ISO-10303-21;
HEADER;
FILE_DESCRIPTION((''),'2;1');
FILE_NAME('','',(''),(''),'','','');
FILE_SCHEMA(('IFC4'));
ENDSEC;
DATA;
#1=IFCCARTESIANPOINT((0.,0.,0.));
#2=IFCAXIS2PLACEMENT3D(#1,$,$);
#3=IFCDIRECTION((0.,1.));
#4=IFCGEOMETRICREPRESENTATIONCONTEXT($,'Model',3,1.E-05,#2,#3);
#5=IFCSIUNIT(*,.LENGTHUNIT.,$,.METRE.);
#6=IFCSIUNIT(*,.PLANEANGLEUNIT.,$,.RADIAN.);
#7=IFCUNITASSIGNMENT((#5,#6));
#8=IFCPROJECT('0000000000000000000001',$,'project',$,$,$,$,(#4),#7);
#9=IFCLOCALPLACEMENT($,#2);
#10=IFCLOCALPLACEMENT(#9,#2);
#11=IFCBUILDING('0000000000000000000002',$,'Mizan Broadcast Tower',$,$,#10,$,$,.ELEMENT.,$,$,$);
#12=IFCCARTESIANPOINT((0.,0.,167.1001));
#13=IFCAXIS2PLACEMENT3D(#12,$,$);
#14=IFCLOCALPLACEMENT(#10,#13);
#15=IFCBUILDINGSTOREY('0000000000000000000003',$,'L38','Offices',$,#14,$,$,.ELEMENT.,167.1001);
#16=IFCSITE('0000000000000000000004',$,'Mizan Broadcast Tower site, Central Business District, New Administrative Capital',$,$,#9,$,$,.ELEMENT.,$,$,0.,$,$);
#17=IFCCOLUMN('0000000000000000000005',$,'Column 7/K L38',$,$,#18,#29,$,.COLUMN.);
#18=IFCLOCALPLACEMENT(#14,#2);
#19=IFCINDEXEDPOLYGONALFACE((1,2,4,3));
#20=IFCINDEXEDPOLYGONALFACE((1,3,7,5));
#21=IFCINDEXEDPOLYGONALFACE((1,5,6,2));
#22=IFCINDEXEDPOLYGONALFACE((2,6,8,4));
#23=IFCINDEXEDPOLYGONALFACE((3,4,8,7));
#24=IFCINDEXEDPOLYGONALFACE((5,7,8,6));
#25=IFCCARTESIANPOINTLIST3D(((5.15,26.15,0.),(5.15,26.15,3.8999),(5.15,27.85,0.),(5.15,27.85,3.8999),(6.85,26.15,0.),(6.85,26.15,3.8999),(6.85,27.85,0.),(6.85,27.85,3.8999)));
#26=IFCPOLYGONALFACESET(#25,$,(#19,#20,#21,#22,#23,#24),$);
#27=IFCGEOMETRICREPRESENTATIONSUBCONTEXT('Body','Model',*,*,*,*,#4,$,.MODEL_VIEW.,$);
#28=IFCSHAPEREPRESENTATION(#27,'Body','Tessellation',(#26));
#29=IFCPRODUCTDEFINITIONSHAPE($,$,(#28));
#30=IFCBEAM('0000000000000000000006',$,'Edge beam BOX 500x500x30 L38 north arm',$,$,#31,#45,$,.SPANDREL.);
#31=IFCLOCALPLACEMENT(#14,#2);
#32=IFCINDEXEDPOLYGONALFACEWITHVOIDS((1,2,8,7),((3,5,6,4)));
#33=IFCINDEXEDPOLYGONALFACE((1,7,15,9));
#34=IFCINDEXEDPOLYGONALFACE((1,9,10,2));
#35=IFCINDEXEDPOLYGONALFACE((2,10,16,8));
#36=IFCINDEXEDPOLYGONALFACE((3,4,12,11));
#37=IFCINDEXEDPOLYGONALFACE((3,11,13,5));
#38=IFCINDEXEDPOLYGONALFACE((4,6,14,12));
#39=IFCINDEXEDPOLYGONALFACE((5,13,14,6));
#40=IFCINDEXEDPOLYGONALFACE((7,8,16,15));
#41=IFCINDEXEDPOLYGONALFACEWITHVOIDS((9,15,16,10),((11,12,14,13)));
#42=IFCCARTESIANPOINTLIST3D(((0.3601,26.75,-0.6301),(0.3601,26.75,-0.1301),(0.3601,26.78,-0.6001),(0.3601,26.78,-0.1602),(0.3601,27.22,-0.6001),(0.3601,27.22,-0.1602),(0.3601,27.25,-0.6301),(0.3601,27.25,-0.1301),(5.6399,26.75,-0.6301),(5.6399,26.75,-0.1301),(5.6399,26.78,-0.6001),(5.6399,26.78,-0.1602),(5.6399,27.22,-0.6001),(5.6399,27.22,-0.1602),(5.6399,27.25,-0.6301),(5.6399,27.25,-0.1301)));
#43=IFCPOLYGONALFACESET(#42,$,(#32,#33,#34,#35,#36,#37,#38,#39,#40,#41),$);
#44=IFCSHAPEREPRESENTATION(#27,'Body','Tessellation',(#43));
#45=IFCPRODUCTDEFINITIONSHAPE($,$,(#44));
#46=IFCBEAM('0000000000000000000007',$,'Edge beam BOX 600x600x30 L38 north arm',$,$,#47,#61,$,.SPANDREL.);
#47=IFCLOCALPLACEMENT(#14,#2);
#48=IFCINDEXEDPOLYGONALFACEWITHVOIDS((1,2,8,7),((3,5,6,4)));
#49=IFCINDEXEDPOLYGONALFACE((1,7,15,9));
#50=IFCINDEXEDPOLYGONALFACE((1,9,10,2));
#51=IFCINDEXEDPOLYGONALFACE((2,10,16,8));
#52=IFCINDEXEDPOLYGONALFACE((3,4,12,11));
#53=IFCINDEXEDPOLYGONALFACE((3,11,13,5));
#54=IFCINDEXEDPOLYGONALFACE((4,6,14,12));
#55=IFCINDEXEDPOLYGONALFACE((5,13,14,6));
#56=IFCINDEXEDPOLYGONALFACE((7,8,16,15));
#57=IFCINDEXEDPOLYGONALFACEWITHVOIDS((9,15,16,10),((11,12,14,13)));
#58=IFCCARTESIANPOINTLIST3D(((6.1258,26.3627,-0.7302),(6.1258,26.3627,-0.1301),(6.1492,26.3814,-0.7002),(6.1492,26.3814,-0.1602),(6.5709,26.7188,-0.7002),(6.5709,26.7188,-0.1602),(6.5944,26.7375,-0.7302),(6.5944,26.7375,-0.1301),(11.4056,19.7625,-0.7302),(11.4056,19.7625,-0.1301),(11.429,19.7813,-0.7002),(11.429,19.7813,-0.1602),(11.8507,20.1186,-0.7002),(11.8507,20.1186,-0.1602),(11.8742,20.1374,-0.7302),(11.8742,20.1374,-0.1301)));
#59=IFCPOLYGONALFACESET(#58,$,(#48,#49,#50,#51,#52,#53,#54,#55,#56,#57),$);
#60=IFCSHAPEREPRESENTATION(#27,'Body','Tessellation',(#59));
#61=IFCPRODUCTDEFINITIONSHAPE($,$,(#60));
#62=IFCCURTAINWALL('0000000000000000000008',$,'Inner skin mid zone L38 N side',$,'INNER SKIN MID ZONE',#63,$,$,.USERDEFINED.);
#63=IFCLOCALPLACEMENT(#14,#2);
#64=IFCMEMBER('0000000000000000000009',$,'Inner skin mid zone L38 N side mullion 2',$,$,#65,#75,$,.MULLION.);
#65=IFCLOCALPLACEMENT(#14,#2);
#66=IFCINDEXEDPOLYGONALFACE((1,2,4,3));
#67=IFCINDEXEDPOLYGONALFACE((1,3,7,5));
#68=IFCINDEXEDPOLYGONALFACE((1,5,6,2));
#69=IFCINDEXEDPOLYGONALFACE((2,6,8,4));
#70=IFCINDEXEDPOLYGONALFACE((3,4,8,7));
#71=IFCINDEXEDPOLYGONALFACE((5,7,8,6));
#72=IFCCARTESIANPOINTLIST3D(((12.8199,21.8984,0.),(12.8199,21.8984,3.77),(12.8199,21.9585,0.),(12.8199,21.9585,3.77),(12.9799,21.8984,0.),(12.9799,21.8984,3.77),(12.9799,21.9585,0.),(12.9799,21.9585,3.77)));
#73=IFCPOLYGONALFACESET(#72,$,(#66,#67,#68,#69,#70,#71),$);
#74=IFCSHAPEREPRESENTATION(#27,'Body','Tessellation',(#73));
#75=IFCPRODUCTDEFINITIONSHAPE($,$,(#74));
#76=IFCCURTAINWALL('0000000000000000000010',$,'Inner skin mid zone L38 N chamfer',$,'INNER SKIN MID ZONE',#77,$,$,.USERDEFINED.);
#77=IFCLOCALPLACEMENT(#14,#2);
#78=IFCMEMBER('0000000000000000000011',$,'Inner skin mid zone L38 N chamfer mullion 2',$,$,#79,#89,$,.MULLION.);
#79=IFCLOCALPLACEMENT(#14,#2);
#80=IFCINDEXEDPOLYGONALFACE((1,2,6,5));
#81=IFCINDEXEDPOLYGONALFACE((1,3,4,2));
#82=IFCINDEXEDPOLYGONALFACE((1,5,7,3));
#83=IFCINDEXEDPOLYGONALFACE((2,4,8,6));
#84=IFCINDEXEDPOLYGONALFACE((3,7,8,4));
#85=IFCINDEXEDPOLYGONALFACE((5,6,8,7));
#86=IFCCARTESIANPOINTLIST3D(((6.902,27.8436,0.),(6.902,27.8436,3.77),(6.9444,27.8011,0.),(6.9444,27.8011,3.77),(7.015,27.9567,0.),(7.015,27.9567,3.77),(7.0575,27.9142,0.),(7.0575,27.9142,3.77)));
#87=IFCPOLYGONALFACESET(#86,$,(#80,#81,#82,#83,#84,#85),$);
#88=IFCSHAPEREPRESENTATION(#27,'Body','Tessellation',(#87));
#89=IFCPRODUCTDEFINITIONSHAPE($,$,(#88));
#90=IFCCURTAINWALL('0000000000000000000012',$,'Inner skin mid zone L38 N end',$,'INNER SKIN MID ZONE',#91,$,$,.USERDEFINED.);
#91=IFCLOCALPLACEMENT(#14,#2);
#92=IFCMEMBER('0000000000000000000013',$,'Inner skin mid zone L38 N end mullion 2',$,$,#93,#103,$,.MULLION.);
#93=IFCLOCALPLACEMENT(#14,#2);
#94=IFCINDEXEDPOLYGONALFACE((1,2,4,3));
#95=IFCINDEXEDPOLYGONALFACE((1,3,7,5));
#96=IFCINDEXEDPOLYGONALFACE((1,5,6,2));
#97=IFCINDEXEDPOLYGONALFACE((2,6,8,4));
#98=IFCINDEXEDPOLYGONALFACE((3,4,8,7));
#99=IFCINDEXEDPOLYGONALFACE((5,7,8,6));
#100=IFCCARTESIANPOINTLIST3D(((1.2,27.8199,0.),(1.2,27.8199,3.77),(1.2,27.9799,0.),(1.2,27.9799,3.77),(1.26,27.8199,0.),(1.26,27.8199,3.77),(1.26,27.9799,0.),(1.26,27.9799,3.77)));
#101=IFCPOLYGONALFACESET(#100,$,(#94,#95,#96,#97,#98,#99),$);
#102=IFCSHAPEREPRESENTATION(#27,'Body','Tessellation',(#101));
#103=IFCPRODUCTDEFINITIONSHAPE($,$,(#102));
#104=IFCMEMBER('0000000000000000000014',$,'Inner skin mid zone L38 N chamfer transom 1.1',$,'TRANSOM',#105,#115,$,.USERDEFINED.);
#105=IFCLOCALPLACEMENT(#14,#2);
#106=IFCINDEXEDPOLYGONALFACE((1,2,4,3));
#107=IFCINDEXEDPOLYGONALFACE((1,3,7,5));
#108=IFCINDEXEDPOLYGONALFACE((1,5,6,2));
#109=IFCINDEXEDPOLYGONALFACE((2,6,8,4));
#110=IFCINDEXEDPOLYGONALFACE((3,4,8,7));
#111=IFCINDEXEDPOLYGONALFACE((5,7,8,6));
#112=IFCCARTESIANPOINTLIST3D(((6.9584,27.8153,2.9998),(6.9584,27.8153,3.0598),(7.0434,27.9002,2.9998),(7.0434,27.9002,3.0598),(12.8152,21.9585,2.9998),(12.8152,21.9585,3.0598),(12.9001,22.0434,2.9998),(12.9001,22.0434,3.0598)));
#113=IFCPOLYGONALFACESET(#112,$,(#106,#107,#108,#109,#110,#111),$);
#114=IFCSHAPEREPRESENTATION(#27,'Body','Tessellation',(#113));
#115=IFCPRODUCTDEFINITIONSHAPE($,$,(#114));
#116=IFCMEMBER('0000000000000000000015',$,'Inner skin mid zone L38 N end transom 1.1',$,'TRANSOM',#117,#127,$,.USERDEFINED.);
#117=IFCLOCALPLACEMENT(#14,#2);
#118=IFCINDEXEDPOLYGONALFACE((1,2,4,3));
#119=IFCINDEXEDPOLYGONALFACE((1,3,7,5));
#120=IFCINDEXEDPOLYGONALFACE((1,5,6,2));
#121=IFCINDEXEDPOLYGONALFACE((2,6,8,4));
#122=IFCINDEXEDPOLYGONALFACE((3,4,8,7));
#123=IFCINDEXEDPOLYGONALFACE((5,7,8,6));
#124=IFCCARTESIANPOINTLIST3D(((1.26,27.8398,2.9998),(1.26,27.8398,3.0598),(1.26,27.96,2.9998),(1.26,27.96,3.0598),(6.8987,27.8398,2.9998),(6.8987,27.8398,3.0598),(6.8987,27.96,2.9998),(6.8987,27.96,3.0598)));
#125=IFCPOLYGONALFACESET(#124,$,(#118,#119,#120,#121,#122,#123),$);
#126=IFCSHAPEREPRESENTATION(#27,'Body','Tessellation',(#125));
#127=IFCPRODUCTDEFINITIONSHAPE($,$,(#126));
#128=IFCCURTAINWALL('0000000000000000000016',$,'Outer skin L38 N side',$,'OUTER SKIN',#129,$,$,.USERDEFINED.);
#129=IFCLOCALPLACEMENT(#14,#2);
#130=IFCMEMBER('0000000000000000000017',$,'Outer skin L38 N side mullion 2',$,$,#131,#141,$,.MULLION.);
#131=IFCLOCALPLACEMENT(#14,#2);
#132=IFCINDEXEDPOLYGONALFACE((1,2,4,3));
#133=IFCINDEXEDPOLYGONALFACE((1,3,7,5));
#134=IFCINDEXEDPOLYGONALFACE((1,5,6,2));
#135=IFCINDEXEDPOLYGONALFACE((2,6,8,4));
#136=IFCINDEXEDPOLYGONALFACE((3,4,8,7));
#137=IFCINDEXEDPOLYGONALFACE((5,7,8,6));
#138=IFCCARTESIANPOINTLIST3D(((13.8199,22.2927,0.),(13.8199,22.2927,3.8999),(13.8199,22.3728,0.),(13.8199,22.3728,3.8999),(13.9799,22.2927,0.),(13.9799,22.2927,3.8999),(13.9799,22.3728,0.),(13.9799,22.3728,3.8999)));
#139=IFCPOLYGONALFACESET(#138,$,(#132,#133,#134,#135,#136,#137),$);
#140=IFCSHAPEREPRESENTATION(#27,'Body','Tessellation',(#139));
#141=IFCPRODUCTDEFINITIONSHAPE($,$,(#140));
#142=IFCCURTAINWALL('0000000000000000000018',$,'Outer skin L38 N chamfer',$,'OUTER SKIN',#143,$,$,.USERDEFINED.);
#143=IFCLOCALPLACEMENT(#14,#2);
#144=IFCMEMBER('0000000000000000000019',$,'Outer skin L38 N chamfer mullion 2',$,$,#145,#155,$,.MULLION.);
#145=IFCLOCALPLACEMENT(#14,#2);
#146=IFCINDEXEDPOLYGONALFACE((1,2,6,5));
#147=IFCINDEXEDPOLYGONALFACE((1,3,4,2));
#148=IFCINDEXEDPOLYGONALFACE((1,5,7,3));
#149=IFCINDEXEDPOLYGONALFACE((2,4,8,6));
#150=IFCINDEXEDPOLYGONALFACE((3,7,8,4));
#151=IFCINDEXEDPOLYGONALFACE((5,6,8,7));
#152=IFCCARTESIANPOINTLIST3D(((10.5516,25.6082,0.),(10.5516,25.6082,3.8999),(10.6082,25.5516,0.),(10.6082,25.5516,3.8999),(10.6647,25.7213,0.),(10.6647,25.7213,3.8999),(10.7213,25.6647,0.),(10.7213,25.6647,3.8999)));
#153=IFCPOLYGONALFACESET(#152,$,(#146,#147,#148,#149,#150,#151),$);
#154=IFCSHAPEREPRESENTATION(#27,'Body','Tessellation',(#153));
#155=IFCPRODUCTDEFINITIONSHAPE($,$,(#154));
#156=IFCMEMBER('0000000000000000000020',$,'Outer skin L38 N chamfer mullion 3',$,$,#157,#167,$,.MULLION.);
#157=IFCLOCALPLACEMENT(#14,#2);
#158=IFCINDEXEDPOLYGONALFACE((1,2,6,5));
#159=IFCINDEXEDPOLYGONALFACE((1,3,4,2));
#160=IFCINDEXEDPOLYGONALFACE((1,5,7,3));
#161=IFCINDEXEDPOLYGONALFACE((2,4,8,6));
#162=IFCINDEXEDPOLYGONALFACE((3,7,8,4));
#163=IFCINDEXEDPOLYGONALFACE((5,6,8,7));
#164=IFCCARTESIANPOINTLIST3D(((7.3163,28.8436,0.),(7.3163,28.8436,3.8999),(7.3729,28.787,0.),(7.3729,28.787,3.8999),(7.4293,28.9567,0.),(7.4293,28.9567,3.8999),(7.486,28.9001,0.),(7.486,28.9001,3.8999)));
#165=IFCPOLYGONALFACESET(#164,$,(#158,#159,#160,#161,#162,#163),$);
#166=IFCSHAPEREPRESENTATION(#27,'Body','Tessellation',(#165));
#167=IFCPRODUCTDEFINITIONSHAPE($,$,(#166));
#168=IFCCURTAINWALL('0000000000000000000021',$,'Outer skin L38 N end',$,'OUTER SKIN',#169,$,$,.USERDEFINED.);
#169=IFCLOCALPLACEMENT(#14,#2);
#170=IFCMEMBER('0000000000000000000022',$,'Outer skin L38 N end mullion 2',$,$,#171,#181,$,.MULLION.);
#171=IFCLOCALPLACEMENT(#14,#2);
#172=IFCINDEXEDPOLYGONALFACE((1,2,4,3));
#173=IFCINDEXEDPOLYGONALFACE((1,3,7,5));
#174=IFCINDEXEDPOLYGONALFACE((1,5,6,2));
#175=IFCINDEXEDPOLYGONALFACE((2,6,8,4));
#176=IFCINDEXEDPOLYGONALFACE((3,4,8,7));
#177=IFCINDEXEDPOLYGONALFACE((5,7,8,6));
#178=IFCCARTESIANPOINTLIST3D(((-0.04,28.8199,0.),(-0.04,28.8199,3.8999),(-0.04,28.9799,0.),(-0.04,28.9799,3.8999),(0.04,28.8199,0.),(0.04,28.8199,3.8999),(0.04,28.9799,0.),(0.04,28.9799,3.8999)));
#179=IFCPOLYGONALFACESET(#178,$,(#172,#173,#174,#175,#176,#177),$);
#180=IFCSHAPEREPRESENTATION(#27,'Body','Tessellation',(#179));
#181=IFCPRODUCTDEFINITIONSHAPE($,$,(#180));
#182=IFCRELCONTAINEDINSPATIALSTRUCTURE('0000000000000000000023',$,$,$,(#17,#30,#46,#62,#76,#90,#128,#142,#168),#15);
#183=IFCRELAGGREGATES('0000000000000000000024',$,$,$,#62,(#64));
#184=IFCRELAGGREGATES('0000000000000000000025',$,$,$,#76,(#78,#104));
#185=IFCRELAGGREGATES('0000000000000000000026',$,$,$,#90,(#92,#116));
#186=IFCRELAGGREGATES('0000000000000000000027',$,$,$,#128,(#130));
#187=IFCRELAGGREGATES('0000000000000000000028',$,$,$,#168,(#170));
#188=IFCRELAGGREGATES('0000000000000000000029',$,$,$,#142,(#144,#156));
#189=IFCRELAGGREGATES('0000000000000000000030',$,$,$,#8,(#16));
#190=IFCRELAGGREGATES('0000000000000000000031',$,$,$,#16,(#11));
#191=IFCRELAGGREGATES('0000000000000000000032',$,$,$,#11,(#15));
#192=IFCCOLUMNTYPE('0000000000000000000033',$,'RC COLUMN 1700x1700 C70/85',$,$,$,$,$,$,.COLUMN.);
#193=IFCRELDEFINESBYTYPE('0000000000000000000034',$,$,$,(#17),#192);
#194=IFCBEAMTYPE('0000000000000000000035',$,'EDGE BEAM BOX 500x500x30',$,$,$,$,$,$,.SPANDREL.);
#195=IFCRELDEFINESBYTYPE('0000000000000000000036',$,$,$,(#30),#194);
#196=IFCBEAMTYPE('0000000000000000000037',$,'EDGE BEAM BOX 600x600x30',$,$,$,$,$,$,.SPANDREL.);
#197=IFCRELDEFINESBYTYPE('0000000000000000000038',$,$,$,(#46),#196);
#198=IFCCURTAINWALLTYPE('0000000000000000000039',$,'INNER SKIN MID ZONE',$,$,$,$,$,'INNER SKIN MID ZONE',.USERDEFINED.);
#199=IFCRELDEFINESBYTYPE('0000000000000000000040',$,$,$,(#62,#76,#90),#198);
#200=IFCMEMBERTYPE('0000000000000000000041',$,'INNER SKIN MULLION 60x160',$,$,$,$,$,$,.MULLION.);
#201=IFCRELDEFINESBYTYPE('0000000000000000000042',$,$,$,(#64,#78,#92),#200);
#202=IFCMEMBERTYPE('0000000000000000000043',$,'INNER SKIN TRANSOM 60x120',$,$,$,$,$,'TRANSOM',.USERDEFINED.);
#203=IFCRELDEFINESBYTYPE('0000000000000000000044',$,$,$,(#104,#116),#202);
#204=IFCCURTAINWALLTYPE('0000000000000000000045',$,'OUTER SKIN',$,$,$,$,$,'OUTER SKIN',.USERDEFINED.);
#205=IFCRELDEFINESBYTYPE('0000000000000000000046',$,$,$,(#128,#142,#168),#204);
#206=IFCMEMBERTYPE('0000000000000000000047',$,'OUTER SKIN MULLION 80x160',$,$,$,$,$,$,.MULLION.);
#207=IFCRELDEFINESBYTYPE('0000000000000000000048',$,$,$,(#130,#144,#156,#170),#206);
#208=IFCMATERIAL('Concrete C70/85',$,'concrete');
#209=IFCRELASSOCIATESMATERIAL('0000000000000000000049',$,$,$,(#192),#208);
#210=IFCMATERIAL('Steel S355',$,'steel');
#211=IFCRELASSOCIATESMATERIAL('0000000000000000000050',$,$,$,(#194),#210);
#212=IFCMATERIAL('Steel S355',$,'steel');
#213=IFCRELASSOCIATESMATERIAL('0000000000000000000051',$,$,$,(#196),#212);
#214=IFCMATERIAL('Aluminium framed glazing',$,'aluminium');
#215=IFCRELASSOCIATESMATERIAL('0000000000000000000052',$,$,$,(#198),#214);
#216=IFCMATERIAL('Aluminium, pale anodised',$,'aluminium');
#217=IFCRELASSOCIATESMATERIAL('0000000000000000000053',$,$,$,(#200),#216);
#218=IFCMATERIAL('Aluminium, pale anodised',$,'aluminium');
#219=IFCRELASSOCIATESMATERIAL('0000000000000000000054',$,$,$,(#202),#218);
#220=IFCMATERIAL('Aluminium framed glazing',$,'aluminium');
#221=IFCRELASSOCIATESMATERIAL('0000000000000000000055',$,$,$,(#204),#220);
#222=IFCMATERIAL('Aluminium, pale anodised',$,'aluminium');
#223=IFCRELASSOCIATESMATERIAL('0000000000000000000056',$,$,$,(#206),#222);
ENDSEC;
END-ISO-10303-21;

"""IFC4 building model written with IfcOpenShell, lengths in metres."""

from ifc_helpers import new_model, si_unit, direction, frame, origin, origin_2d, place, context, subcontext, project, spatial, rectangle, hollow_rectangle, extrude, material, material_profile, profile_set, type_object, element, aggregate, save


model = new_model("IFC4")

# Units and contexts
model_context = context("Model", 3, precision=1e-05, world=origin(), true_north=direction((0.0, 1.0)))
body_context = subcontext(model_context, "Body", "Model", "MODEL_VIEW")
ifc_project = project(units=[si_unit("LENGTHUNIT", "METRE"), si_unit("PLANEANGLEUNIT", "RADIAN")], contexts=[model_context])

# Site, building, storey
site_placement = place(None, origin())
site = spatial("IfcSite", under=ifc_project, at=site_placement, Name="Mizan Broadcast Tower site, Central Business District, New Administrative Capital", CompositionType="ELEMENT", RefElevation=0.0)
building_placement = place(site_placement, origin())
building = spatial("IfcBuilding", under=site, at=building_placement, Name="Mizan Broadcast Tower", CompositionType="ELEMENT")
storey_placement = place(building_placement, frame((0.0, 0.0, 167.1001)))
storey = spatial("IfcBuildingStorey", under=building, at=storey_placement, Name="L38", Description="Offices", CompositionType="ELEMENT", Elevation=167.1001)

# Column
ifc_material_1 = material(Name="Concrete C70/85", Category="concrete")
ifc_material_profile_1 = material_profile(ifc_material_1, rectangle(XDim=1.7, YDim=1.7, at=origin_2d()), Name="RC 1700x1700")
ifc_profile_set_1 = profile_set([ifc_material_profile_1], Name="Concrete C70/85")
column_type = type_object("IfcColumnType", Name="RC COLUMN 1700x1700 C70/85", PredefinedType="COLUMN", material=ifc_profile_set_1)
column_placement = place(storey_placement, frame((6.0, 27.0, 0.0), z_axis=(0.0, 0.0, 1.0), x_axis=(1.0, 0.0, 0.0)))
element("IfcColumn", 1, at=column_placement, inside=storey, type_object=column_type, Name="Column 7/K L38", PredefinedType="COLUMN", context=body_context, shape_type="SweptSolid", body=[
    extrude(rectangle(XDim=1.7, YDim=1.7, at=origin_2d()), origin(), (0.0, 0.0, 1.0), 3.8999),
])

# Beams
ifc_material_2 = material(Name="Steel S355", Category="steel")
ifc_material_profile_2 = material_profile(ifc_material_2, hollow_rectangle(XDim=0.5, YDim=0.5, WallThickness=0.03, at=origin_2d()), Name="BOX 500x500x30")
ifc_profile_set_2 = profile_set([ifc_material_profile_2], Name="Steel S355")
beam_type_1 = type_object("IfcBeamType", Name="EDGE BEAM BOX 500x500x30", PredefinedType="SPANDREL", material=ifc_profile_set_2)
beam_1_placement = place(storey_placement, frame((5.6399, 27.0, -0.3801), z_axis=(-1.0, 0.0, 0.0), x_axis=(0.0, -1.0, 0.0)))
element("IfcBeam", 2, at=beam_1_placement, inside=storey, type_object=beam_type_1, Name="Edge beam BOX 500x500x30 L38 north arm", PredefinedType="SPANDREL", context=body_context, shape_type="SweptSolid", body=[
    extrude(hollow_rectangle(XDim=0.5, YDim=0.5, WallThickness=0.03, at=origin_2d()), origin(), (0.0, 0.0, 1.0), 5.2798),
])
ifc_material_3 = material(Name="Steel S355", Category="steel")
ifc_material_profile_3 = material_profile(ifc_material_3, hollow_rectangle(XDim=0.6001, YDim=0.6001, WallThickness=0.03, at=origin_2d()), Name="BOX 600x600x30")
ifc_profile_set_3 = profile_set([ifc_material_profile_3], Name="Steel S355")
beam_type_2 = type_object("IfcBeamType", Name="EDGE BEAM BOX 600x600x30", PredefinedType="SPANDREL", material=ifc_profile_set_3)
beam_2_placement = place(storey_placement, frame((11.6399, 19.95, -0.4302), z_axis=(-0.624674, 0.780886, 0.0), x_axis=(-0.780886, -0.624674, 0.0)))
element("IfcBeam", 3, at=beam_2_placement, inside=storey, type_object=beam_type_2, Name="Edge beam BOX 600x600x30 L38 north arm", PredefinedType="SPANDREL", context=body_context, shape_type="SweptSolid", body=[
    extrude(hollow_rectangle(XDim=0.6001, YDim=0.6001, WallThickness=0.03, at=origin_2d()), origin(), (0.0, 0.0, 1.0), 8.4521),
])

# Curtain walls, members
ifc_material_4 = material(Name="Aluminium framed glazing", Category="aluminium")
curtain_wall_type_1 = type_object("IfcCurtainWallType", Name="INNER SKIN MID ZONE", ElementType="INNER SKIN MID ZONE", PredefinedType="USERDEFINED", material=ifc_material_4)
curtain_wall_1_placement = place(storey_placement, origin())
curtain_wall_1 = element("IfcCurtainWall", 4, at=curtain_wall_1_placement, inside=storey, type_object=curtain_wall_type_1, Name="Inner skin mid zone L38 N side", ObjectType="INNER SKIN MID ZONE", PredefinedType="USERDEFINED")
ifc_material_5 = material(Name="Aluminium, pale anodised", Category="aluminium")
ifc_material_profile_4 = material_profile(ifc_material_5, rectangle(XDim=0.1599, YDim=0.0601, at=origin_2d()), Name="MULLION 160x60")
ifc_profile_set_4 = profile_set([ifc_material_profile_4], Name="Aluminium, pale anodised")
member_type_1 = type_object("IfcMemberType", Name="INNER SKIN MULLION 60x160", PredefinedType="MULLION", material=ifc_profile_set_4)
member_1_placement = place(storey_placement, frame((12.8999, 21.9285, 0.0), z_axis=(0.0, 0.0, 1.0), x_axis=(-1.0, 0.0, 0.0)))
member_1 = element("IfcMember", 5, at=member_1_placement, type_object=member_type_1, Name="Inner skin mid zone L38 N side mullion 2", PredefinedType="MULLION", context=body_context, shape_type="SweptSolid", body=[
    extrude(rectangle(XDim=0.1599, YDim=0.0601, at=origin_2d()), origin(), (0.0, 0.0, 1.0), 3.77),
])
curtain_wall_2_placement = place(storey_placement, origin())
curtain_wall_2 = element("IfcCurtainWall", 6, at=curtain_wall_2_placement, inside=storey, type_object=curtain_wall_type_1, Name="Inner skin mid zone L38 N chamfer", ObjectType="INNER SKIN MID ZONE", PredefinedType="USERDEFINED")
member_2_placement = place(storey_placement, frame((6.9797, 27.8789, 0.0), z_axis=(0.0, 0.0, 1.0), x_axis=(-0.707107, -0.707107, 0.0)))
member_2 = element("IfcMember", 7, at=member_2_placement, type_object=member_type_1, Name="Inner skin mid zone L38 N chamfer mullion 2", PredefinedType="MULLION", context=body_context, shape_type="SweptSolid", body=[
    extrude(rectangle(XDim=0.1599, YDim=0.0601, at=origin_2d()), origin(), (0.0, 0.0, 1.0), 3.77),
])
curtain_wall_3_placement = place(storey_placement, origin())
curtain_wall_3 = element("IfcCurtainWall", 8, at=curtain_wall_3_placement, inside=storey, type_object=curtain_wall_type_1, Name="Inner skin mid zone L38 N end", ObjectType="INNER SKIN MID ZONE", PredefinedType="USERDEFINED")
member_3_placement = place(storey_placement, frame((1.23, 27.8999, 0.0), z_axis=(0.0, 0.0, 1.0), x_axis=(0.0, -1.0, 0.0)))
member_3 = element("IfcMember", 9, at=member_3_placement, type_object=member_type_1, Name="Inner skin mid zone L38 N end mullion 2", PredefinedType="MULLION", context=body_context, shape_type="SweptSolid", body=[
    extrude(rectangle(XDim=0.1599, YDim=0.0601, at=origin_2d()), origin(), (0.0, 0.0, 1.0), 3.77),
])

# Members
ifc_material_6 = material(Name="Aluminium, pale anodised", Category="aluminium")
ifc_material_profile_5 = material_profile(ifc_material_6, rectangle(XDim=0.1201, YDim=0.0601, at=origin_2d()), Name="TRANSOM 120x60")
ifc_profile_set_5 = profile_set([ifc_material_profile_5], Name="Aluminium, pale anodised")
member_type_2 = type_object("IfcMemberType", Name="INNER SKIN TRANSOM 60x120", ElementType="TRANSOM", PredefinedType="USERDEFINED", material=ifc_profile_set_5)
member_4_placement = place(storey_placement, frame((12.8577, 22.001, 3.0298), z_axis=(-0.707107, 0.707107, 0.0), x_axis=(-0.707107, -0.707107, 0.0)))
member_4 = element("IfcMember", 10, at=member_4_placement, type_object=member_type_2, Name="Inner skin mid zone L38 N chamfer transom 1.1", ObjectType="TRANSOM", PredefinedType="USERDEFINED", context=body_context, shape_type="SweptSolid", body=[
    extrude(rectangle(XDim=0.1201, YDim=0.0601, at=origin_2d()), origin(), (0.0, 0.0, 1.0), 8.2827),
])
member_5_placement = place(storey_placement, frame((6.8987, 27.8999, 3.0298), z_axis=(-1.0, 0.0, 0.0), x_axis=(0.0, -1.0, 0.0)))
member_5 = element("IfcMember", 11, at=member_5_placement, type_object=member_type_2, Name="Inner skin mid zone L38 N end transom 1.1", ObjectType="TRANSOM", PredefinedType="USERDEFINED", context=body_context, shape_type="SweptSolid", body=[
    extrude(rectangle(XDim=0.1201, YDim=0.0601, at=origin_2d()), origin(), (0.0, 0.0, 1.0), 5.6387),
])

# Curtain wall, member
ifc_material_7 = material(Name="Aluminium framed glazing", Category="aluminium")
curtain_wall_type_2 = type_object("IfcCurtainWallType", Name="OUTER SKIN", ElementType="OUTER SKIN", PredefinedType="USERDEFINED", material=ifc_material_7)
curtain_wall_4_placement = place(storey_placement, origin())
curtain_wall_4 = element("IfcCurtainWall", 12, at=curtain_wall_4_placement, inside=storey, type_object=curtain_wall_type_2, Name="Outer skin L38 N side", ObjectType="OUTER SKIN", PredefinedType="USERDEFINED")
ifc_material_8 = material(Name="Aluminium, pale anodised", Category="aluminium")
ifc_material_profile_6 = material_profile(ifc_material_8, rectangle(XDim=0.1599, YDim=0.0801, at=origin_2d()), Name="MULLION 160x80")
ifc_profile_set_6 = profile_set([ifc_material_profile_6], Name="Aluminium, pale anodised")
member_type_3 = type_object("IfcMemberType", Name="OUTER SKIN MULLION 80x160", PredefinedType="MULLION", material=ifc_profile_set_6)
member_6_placement = place(storey_placement, frame((13.8999, 22.3328, 0.0), z_axis=(0.0, 0.0, 1.0), x_axis=(-1.0, 0.0, 0.0)))
member_6 = element("IfcMember", 13, at=member_6_placement, type_object=member_type_3, Name="Outer skin L38 N side mullion 2", PredefinedType="MULLION", context=body_context, shape_type="SweptSolid", body=[
    extrude(rectangle(XDim=0.1599, YDim=0.0801, at=origin_2d()), origin(), (0.0, 0.0, 1.0), 3.8999),
])

# Curtain wall, members
curtain_wall_5_placement = place(storey_placement, origin())
curtain_wall_5 = element("IfcCurtainWall", 14, at=curtain_wall_5_placement, inside=storey, type_object=curtain_wall_type_2, Name="Outer skin L38 N chamfer", ObjectType="OUTER SKIN", PredefinedType="USERDEFINED")
member_7_placement = place(storey_placement, frame((10.6365, 25.6365, 0.0), z_axis=(0.0, 0.0, 1.0), x_axis=(-0.707107, -0.707107, 0.0)))
member_7 = element("IfcMember", 15, at=member_7_placement, type_object=member_type_3, Name="Outer skin L38 N chamfer mullion 2", PredefinedType="MULLION", context=body_context, shape_type="SweptSolid", body=[
    extrude(rectangle(XDim=0.1599, YDim=0.0801, at=origin_2d()), origin(), (0.0, 0.0, 1.0), 3.8999),
])
member_8_placement = place(storey_placement, frame((7.4011, 28.8718, 0.0), z_axis=(0.0, 0.0, 1.0), x_axis=(-0.707107, -0.707107, 0.0)))
member_8 = element("IfcMember", 16, at=member_8_placement, type_object=member_type_3, Name="Outer skin L38 N chamfer mullion 3", PredefinedType="MULLION", context=body_context, shape_type="SweptSolid", body=[
    extrude(rectangle(XDim=0.1599, YDim=0.0801, at=origin_2d()), origin(), (0.0, 0.0, 1.0), 3.8999),
])

# Curtain wall, member
curtain_wall_6_placement = place(storey_placement, origin())
curtain_wall_6 = element("IfcCurtainWall", 17, at=curtain_wall_6_placement, inside=storey, type_object=curtain_wall_type_2, Name="Outer skin L38 N end", ObjectType="OUTER SKIN", PredefinedType="USERDEFINED")
member_9_placement = place(storey_placement, frame((0.0, 28.8999, 0.0), z_axis=(0.0, 0.0, 1.0), x_axis=(0.0, -1.0, 0.0)))
member_9 = element("IfcMember", 18, at=member_9_placement, type_object=member_type_3, Name="Outer skin L38 N end mullion 2", PredefinedType="MULLION", context=body_context, shape_type="SweptSolid", body=[
    extrude(rectangle(XDim=0.1599, YDim=0.0801, at=origin_2d()), origin(), (0.0, 0.0, 1.0), 3.8999),
])

aggregate(curtain_wall_1, [member_1])
aggregate(curtain_wall_2, [member_2, member_4])
aggregate(curtain_wall_3, [member_3, member_5])
aggregate(curtain_wall_4, [member_6])
aggregate(curtain_wall_6, [member_9])
aggregate(curtain_wall_5, [member_7, member_8])

save(model, "model.ifc")
